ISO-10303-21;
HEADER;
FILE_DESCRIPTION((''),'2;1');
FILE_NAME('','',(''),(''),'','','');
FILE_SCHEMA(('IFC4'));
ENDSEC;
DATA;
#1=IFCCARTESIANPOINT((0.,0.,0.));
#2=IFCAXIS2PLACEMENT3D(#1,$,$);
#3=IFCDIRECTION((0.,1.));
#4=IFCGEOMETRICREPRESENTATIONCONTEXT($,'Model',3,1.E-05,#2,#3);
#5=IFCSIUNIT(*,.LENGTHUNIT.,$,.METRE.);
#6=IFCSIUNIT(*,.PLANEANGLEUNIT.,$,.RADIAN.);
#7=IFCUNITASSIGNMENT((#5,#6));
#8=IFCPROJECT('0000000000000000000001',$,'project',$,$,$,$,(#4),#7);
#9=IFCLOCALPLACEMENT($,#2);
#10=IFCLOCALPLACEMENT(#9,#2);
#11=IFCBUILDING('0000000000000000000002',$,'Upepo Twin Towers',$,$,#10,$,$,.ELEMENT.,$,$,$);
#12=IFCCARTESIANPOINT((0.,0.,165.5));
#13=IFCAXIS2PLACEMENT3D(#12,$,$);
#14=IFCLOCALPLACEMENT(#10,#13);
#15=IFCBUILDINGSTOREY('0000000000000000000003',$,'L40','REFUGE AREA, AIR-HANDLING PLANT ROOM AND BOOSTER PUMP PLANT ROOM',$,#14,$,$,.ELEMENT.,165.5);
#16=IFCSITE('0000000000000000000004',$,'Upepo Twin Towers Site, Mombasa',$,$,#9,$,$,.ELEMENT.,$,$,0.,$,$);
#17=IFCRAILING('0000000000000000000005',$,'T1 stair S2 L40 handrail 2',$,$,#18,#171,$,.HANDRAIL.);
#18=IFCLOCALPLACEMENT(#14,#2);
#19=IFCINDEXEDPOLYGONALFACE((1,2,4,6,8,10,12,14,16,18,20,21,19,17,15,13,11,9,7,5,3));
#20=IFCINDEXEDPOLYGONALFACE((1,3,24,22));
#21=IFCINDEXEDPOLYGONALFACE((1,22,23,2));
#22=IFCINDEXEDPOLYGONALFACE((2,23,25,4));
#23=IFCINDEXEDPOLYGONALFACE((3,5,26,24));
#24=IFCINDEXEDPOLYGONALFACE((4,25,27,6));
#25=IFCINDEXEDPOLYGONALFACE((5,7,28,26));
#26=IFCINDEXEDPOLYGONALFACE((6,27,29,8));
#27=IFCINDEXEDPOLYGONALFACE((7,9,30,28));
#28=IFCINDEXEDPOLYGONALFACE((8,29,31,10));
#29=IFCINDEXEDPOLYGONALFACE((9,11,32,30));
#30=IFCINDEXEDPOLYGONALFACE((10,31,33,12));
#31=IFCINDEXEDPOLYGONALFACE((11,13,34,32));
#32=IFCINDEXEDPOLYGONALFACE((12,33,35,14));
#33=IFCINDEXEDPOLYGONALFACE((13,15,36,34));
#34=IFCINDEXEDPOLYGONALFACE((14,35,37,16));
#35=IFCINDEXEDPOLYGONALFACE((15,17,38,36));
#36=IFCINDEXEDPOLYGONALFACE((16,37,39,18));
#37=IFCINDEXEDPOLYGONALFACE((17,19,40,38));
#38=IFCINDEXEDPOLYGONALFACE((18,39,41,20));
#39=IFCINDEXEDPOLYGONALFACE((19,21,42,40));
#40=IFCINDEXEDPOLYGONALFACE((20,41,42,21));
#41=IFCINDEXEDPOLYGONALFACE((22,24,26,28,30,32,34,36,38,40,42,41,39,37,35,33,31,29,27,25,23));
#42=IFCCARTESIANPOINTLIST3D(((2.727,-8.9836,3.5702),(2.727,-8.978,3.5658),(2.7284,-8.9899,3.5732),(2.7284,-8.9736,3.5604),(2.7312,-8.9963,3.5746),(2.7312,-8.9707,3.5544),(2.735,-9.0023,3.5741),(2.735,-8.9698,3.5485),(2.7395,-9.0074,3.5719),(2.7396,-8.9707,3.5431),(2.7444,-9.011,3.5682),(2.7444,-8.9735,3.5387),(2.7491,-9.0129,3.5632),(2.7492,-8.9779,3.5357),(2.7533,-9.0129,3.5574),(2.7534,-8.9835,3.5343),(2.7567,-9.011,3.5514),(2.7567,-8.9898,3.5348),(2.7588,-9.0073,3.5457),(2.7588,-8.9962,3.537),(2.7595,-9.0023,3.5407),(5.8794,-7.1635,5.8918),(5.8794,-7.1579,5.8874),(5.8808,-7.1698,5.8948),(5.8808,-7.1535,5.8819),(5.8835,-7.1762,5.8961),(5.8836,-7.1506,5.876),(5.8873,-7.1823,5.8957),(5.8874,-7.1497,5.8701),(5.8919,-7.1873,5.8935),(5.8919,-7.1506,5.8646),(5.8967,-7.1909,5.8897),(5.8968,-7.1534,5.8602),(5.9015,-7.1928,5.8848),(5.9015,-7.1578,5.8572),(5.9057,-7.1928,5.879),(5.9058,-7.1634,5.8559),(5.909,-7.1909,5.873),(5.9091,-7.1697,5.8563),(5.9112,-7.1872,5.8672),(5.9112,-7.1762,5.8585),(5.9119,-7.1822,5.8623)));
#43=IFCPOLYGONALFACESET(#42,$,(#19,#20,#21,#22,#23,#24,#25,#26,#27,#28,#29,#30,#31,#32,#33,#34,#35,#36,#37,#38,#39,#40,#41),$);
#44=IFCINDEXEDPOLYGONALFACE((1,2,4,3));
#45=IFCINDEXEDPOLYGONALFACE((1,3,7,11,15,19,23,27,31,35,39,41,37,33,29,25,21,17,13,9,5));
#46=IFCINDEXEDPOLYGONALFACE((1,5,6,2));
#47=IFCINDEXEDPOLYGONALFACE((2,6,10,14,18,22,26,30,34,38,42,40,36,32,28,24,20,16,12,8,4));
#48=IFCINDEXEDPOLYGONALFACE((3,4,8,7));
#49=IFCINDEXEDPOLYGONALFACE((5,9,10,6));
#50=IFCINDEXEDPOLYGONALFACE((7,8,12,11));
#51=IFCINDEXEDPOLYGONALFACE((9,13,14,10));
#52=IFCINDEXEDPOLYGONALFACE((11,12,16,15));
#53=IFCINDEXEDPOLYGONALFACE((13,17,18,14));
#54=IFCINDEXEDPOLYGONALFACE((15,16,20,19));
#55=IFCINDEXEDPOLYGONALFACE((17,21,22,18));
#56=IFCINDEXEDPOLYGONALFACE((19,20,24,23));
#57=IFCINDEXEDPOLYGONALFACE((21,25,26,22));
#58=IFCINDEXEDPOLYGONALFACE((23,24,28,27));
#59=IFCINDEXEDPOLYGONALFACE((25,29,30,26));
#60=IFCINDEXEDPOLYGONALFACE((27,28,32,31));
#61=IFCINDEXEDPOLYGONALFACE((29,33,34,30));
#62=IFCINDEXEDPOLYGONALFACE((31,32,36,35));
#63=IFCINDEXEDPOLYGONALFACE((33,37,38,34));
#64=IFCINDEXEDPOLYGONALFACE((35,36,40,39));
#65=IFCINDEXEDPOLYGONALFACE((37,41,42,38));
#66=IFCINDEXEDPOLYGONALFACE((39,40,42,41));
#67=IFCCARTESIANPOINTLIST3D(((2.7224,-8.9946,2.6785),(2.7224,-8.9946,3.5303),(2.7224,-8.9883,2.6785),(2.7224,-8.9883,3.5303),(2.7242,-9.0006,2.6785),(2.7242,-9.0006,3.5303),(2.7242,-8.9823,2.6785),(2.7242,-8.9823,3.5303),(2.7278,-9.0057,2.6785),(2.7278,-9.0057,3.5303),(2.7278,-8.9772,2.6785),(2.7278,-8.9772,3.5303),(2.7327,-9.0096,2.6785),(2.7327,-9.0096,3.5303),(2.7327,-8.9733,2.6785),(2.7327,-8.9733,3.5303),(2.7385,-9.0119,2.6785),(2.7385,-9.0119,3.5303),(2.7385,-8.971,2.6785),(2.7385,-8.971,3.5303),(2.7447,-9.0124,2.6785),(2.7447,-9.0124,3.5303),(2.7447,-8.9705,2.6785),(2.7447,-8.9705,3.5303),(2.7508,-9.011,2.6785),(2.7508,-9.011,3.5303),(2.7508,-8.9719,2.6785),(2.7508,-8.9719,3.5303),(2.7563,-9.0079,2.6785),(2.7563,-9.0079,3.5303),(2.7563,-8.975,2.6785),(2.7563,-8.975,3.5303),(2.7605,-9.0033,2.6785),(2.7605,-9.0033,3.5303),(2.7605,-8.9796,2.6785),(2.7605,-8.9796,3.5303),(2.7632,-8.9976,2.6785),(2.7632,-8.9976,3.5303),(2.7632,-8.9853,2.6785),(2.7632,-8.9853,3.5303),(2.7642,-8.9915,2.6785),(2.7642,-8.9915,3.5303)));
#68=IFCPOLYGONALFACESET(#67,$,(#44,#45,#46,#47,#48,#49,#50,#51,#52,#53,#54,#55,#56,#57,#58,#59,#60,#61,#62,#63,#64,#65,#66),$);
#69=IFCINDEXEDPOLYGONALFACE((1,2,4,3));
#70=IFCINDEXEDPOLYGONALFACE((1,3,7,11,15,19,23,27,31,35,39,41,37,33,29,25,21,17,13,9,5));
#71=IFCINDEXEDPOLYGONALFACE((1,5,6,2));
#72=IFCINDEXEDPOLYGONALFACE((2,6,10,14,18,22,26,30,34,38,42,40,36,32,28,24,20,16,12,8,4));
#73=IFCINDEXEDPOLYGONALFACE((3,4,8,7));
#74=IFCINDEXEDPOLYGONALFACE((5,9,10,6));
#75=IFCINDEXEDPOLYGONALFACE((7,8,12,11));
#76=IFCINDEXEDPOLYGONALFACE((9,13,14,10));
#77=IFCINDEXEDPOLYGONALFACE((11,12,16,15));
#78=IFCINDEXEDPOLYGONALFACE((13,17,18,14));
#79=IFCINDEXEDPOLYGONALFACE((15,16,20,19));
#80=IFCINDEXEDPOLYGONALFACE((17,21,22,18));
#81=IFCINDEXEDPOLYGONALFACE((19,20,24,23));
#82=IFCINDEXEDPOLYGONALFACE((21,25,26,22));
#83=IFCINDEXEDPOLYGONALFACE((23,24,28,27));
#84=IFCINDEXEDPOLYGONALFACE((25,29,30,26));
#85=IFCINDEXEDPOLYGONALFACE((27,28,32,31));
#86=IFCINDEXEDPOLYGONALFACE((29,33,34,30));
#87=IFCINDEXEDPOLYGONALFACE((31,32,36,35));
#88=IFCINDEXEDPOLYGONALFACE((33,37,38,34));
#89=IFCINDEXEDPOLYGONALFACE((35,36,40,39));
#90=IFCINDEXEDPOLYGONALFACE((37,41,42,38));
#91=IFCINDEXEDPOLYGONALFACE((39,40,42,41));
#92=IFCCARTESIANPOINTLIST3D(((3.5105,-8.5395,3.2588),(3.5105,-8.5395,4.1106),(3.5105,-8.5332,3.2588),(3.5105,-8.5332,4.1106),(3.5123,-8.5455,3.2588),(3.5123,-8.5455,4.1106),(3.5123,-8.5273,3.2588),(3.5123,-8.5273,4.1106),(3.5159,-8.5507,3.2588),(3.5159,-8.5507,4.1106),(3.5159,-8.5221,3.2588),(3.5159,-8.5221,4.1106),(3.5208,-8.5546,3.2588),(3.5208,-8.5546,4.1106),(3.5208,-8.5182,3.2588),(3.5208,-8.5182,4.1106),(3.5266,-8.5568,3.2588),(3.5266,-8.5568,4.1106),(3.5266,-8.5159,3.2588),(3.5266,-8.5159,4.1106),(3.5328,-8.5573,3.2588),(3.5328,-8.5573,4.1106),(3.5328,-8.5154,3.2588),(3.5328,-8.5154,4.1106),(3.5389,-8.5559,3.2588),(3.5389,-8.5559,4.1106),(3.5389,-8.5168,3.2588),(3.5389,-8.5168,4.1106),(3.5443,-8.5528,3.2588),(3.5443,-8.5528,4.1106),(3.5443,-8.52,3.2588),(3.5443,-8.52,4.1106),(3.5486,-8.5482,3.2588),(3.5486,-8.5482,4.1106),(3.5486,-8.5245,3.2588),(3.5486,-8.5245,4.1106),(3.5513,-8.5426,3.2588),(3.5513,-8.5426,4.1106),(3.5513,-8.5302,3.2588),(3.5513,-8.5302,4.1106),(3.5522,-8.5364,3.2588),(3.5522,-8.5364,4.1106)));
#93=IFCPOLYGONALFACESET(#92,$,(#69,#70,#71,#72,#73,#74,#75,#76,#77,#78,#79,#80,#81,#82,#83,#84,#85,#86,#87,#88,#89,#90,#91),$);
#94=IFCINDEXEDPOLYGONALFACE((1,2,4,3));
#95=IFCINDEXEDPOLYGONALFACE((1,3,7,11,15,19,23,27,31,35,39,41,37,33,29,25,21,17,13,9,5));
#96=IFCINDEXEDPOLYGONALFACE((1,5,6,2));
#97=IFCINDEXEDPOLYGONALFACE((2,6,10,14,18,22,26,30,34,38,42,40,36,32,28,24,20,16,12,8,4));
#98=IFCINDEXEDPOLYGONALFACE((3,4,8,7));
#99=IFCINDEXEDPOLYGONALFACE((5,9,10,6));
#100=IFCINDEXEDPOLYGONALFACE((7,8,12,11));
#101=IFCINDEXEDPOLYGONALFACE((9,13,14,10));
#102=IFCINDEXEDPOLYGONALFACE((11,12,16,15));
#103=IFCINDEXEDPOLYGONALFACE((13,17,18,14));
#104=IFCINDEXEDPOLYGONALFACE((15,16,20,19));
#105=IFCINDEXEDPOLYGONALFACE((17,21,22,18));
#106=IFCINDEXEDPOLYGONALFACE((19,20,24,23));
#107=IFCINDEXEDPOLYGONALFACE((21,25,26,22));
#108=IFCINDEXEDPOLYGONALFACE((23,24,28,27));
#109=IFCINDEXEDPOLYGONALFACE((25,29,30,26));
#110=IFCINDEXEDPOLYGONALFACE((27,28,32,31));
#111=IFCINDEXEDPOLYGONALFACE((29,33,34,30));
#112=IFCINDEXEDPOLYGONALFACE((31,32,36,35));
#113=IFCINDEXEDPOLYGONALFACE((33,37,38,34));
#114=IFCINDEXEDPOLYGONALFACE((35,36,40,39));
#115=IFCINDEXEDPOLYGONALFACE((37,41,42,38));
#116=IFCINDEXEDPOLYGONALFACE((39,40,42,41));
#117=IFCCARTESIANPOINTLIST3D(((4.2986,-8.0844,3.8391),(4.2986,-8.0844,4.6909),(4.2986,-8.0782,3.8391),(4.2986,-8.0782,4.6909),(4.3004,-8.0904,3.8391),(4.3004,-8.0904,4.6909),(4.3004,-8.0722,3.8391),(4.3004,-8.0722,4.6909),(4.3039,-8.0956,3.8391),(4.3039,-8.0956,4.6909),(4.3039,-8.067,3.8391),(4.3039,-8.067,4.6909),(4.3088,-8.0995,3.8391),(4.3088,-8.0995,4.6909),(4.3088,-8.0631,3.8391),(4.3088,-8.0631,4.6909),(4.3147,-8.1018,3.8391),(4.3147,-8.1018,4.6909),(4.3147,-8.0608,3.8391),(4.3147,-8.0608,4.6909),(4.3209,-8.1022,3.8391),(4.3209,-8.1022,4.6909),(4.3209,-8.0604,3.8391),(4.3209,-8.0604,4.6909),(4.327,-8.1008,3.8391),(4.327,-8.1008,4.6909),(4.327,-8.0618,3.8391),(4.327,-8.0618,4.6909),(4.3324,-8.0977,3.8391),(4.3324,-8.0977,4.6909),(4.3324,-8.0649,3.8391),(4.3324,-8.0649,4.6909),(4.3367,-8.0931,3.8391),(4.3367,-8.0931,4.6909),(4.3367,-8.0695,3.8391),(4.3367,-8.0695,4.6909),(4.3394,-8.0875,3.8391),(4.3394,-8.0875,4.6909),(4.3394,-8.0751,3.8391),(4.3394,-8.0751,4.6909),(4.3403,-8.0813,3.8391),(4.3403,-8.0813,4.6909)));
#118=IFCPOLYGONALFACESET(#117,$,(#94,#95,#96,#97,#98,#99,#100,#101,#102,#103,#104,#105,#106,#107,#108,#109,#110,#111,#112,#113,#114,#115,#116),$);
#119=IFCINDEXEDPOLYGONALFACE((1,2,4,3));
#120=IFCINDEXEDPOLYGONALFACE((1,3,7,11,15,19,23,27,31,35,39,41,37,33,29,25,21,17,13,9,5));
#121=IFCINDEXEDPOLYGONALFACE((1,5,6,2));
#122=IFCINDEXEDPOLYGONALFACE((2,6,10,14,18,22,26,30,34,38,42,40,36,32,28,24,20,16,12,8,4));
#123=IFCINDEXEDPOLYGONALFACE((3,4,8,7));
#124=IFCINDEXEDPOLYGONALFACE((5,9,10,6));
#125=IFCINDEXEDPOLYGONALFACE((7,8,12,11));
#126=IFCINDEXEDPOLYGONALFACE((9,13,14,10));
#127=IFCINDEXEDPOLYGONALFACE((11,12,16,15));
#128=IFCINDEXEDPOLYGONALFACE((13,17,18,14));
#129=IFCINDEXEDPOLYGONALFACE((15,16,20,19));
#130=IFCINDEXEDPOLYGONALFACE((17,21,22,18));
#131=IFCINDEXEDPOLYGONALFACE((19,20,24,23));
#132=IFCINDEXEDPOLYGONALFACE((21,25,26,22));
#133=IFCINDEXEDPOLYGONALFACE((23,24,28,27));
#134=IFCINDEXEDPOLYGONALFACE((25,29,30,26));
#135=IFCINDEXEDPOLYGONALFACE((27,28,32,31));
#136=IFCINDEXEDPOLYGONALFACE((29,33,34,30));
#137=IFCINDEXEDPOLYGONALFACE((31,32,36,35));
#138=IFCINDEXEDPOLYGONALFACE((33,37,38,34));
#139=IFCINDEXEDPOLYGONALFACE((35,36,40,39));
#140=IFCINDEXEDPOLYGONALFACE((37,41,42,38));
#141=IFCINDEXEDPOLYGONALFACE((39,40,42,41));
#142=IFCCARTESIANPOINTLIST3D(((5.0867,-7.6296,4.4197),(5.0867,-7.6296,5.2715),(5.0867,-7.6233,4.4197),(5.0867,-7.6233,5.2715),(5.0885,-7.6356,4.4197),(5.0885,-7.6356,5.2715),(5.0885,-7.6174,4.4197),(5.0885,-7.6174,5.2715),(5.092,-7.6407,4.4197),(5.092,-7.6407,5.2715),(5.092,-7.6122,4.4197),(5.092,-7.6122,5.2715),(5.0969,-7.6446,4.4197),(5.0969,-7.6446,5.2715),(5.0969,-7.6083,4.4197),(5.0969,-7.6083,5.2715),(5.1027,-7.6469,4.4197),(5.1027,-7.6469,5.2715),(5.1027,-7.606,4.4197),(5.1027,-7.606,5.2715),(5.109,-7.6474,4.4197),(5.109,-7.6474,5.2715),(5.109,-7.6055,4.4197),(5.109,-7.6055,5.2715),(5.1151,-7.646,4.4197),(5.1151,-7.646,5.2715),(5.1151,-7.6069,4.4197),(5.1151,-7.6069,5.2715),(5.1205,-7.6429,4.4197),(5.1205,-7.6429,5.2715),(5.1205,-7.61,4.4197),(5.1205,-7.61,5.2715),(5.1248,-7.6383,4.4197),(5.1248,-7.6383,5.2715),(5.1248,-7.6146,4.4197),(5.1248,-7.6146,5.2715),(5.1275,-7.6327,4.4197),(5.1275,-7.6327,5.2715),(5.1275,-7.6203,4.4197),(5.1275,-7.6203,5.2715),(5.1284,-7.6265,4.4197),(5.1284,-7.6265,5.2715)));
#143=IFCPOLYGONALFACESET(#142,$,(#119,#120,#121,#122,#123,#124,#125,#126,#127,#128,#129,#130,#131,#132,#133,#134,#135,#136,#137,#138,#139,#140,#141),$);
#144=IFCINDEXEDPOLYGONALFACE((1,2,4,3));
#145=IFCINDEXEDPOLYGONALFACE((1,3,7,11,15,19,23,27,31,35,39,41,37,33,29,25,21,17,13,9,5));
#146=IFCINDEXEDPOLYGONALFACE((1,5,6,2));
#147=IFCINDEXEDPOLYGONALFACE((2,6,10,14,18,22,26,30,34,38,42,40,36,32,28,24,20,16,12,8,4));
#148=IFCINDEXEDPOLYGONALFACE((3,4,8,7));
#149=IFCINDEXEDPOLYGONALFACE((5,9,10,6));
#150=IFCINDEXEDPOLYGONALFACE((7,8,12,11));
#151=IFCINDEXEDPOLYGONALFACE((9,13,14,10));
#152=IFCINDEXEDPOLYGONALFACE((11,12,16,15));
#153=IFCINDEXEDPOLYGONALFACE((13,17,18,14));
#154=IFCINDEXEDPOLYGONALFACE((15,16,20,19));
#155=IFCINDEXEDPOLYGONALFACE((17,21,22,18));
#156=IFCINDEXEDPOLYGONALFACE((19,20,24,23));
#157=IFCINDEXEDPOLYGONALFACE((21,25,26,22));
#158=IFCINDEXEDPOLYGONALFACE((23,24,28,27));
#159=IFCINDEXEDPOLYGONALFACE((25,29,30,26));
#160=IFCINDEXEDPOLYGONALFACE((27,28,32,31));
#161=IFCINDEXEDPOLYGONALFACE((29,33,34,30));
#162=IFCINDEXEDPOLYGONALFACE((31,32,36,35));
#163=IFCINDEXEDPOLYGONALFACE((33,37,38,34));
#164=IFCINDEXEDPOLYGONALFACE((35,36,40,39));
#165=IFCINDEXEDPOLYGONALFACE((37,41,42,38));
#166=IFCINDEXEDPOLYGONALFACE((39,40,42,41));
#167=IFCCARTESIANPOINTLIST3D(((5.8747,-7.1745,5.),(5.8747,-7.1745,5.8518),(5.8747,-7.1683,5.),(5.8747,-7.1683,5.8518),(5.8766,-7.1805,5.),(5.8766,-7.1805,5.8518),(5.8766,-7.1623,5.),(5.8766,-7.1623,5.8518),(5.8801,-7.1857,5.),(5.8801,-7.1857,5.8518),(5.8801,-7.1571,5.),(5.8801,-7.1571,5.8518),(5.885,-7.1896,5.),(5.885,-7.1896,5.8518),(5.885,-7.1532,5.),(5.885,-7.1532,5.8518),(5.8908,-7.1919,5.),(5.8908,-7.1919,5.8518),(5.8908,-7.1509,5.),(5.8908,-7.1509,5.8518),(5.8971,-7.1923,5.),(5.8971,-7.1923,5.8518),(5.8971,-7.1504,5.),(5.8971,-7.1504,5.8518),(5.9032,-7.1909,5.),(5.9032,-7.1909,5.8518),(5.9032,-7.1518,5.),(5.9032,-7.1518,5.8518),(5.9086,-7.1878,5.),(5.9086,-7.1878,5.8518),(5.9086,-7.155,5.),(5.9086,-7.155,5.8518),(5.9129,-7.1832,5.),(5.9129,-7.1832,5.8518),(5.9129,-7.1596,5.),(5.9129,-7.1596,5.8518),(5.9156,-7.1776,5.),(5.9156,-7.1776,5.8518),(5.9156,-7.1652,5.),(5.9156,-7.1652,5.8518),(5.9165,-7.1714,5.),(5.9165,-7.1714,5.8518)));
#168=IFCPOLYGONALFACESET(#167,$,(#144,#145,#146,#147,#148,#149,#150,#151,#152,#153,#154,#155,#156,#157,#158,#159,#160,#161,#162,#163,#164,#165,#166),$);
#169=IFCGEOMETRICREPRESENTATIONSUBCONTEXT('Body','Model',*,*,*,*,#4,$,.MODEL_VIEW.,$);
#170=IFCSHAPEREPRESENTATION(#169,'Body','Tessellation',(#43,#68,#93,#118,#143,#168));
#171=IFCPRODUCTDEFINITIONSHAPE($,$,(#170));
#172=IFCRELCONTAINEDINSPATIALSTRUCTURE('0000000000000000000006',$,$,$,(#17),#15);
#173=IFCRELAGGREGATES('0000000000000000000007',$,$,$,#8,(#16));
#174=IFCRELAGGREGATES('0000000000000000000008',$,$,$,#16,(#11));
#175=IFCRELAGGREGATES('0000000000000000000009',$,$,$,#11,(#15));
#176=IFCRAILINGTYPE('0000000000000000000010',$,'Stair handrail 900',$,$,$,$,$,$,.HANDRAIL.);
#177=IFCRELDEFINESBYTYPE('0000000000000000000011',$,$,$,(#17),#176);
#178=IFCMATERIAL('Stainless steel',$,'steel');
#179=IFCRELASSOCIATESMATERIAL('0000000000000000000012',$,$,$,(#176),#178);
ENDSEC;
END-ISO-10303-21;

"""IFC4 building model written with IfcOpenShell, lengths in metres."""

from ifc_helpers import new_model, si_unit, direction, frame, origin, origin_2d, place, context, subcontext, project, spatial, circle, extrude, material, type_object, element, save


model = new_model("IFC4")

# Units and contexts
model_context = context("Model", 3, precision=1e-05, world=origin(), true_north=direction((0.0, 1.0)))
body_context = subcontext(model_context, "Body", "Model", "MODEL_VIEW")
ifc_project = project(units=[si_unit("LENGTHUNIT", "METRE"), si_unit("PLANEANGLEUNIT", "RADIAN")], contexts=[model_context])

# Site, building, storey
site_placement = place(None, origin())
site = spatial("IfcSite", under=ifc_project, at=site_placement, Name="Upepo Twin Towers Site, Mombasa", CompositionType="ELEMENT", RefElevation=0.0)
building_placement = place(site_placement, origin())
building = spatial("IfcBuilding", under=site, at=building_placement, Name="Upepo Twin Towers", CompositionType="ELEMENT")
storey_placement = place(building_placement, frame((0.0, 0.0, 165.5)))
storey = spatial("IfcBuildingStorey", under=building, at=storey_placement, Name="L40", Description="REFUGE AREA, AIR-HANDLING PLANT ROOM AND BOOSTER PUMP PLANT ROOM", CompositionType="ELEMENT", Elevation=165.5)

# Railing
ifc_material_1 = material(Name="Stainless steel", Category="steel")
railing_type = type_object("IfcRailingType", Name="Stair handrail 900", PredefinedType="HANDRAIL", material=ifc_material_1)
railing_placement = place(storey_placement, frame((2.7432, -8.9915, 2.6785)))
element("IfcRailing", 1, at=railing_placement, inside=storey, type_object=railing_type, Name="T1 stair S2 L40 handrail 2", PredefinedType="HANDRAIL", context=body_context, shape_type="SweptSolid", body=[
    extrude(circle(Radius=0.0239, at=origin_2d()), frame((0.0, 0.0, 0.876), z_axis=(0.730159, 0.421572, 0.537723), x_axis=(-0.500013, 0.866018, 0.0)), (0.0, 0.0, 1.0), 4.3174),
    extrude(circle(Radius=0.021, at=origin_2d()), origin(), (0.0, 0.0, 1.0), 0.8518),
    extrude(circle(Radius=0.021, at=origin_2d()), frame((0.7881, 0.4551, 0.5803)), (0.0, 0.0, 1.0), 0.8518),
    extrude(circle(Radius=0.021, at=origin_2d()), frame((1.5762, 0.9102, 1.1606)), (0.0, 0.0, 1.0), 0.8518),
    extrude(circle(Radius=0.021, at=origin_2d()), frame((2.3643, 1.365, 1.7412)), (0.0, 0.0, 1.0), 0.8518),
    extrude(circle(Radius=0.021, at=origin_2d()), frame((3.1523, 1.8201, 2.3215)), (0.0, 0.0, 1.0), 0.8518),
])

save(model, "model.ifc")
